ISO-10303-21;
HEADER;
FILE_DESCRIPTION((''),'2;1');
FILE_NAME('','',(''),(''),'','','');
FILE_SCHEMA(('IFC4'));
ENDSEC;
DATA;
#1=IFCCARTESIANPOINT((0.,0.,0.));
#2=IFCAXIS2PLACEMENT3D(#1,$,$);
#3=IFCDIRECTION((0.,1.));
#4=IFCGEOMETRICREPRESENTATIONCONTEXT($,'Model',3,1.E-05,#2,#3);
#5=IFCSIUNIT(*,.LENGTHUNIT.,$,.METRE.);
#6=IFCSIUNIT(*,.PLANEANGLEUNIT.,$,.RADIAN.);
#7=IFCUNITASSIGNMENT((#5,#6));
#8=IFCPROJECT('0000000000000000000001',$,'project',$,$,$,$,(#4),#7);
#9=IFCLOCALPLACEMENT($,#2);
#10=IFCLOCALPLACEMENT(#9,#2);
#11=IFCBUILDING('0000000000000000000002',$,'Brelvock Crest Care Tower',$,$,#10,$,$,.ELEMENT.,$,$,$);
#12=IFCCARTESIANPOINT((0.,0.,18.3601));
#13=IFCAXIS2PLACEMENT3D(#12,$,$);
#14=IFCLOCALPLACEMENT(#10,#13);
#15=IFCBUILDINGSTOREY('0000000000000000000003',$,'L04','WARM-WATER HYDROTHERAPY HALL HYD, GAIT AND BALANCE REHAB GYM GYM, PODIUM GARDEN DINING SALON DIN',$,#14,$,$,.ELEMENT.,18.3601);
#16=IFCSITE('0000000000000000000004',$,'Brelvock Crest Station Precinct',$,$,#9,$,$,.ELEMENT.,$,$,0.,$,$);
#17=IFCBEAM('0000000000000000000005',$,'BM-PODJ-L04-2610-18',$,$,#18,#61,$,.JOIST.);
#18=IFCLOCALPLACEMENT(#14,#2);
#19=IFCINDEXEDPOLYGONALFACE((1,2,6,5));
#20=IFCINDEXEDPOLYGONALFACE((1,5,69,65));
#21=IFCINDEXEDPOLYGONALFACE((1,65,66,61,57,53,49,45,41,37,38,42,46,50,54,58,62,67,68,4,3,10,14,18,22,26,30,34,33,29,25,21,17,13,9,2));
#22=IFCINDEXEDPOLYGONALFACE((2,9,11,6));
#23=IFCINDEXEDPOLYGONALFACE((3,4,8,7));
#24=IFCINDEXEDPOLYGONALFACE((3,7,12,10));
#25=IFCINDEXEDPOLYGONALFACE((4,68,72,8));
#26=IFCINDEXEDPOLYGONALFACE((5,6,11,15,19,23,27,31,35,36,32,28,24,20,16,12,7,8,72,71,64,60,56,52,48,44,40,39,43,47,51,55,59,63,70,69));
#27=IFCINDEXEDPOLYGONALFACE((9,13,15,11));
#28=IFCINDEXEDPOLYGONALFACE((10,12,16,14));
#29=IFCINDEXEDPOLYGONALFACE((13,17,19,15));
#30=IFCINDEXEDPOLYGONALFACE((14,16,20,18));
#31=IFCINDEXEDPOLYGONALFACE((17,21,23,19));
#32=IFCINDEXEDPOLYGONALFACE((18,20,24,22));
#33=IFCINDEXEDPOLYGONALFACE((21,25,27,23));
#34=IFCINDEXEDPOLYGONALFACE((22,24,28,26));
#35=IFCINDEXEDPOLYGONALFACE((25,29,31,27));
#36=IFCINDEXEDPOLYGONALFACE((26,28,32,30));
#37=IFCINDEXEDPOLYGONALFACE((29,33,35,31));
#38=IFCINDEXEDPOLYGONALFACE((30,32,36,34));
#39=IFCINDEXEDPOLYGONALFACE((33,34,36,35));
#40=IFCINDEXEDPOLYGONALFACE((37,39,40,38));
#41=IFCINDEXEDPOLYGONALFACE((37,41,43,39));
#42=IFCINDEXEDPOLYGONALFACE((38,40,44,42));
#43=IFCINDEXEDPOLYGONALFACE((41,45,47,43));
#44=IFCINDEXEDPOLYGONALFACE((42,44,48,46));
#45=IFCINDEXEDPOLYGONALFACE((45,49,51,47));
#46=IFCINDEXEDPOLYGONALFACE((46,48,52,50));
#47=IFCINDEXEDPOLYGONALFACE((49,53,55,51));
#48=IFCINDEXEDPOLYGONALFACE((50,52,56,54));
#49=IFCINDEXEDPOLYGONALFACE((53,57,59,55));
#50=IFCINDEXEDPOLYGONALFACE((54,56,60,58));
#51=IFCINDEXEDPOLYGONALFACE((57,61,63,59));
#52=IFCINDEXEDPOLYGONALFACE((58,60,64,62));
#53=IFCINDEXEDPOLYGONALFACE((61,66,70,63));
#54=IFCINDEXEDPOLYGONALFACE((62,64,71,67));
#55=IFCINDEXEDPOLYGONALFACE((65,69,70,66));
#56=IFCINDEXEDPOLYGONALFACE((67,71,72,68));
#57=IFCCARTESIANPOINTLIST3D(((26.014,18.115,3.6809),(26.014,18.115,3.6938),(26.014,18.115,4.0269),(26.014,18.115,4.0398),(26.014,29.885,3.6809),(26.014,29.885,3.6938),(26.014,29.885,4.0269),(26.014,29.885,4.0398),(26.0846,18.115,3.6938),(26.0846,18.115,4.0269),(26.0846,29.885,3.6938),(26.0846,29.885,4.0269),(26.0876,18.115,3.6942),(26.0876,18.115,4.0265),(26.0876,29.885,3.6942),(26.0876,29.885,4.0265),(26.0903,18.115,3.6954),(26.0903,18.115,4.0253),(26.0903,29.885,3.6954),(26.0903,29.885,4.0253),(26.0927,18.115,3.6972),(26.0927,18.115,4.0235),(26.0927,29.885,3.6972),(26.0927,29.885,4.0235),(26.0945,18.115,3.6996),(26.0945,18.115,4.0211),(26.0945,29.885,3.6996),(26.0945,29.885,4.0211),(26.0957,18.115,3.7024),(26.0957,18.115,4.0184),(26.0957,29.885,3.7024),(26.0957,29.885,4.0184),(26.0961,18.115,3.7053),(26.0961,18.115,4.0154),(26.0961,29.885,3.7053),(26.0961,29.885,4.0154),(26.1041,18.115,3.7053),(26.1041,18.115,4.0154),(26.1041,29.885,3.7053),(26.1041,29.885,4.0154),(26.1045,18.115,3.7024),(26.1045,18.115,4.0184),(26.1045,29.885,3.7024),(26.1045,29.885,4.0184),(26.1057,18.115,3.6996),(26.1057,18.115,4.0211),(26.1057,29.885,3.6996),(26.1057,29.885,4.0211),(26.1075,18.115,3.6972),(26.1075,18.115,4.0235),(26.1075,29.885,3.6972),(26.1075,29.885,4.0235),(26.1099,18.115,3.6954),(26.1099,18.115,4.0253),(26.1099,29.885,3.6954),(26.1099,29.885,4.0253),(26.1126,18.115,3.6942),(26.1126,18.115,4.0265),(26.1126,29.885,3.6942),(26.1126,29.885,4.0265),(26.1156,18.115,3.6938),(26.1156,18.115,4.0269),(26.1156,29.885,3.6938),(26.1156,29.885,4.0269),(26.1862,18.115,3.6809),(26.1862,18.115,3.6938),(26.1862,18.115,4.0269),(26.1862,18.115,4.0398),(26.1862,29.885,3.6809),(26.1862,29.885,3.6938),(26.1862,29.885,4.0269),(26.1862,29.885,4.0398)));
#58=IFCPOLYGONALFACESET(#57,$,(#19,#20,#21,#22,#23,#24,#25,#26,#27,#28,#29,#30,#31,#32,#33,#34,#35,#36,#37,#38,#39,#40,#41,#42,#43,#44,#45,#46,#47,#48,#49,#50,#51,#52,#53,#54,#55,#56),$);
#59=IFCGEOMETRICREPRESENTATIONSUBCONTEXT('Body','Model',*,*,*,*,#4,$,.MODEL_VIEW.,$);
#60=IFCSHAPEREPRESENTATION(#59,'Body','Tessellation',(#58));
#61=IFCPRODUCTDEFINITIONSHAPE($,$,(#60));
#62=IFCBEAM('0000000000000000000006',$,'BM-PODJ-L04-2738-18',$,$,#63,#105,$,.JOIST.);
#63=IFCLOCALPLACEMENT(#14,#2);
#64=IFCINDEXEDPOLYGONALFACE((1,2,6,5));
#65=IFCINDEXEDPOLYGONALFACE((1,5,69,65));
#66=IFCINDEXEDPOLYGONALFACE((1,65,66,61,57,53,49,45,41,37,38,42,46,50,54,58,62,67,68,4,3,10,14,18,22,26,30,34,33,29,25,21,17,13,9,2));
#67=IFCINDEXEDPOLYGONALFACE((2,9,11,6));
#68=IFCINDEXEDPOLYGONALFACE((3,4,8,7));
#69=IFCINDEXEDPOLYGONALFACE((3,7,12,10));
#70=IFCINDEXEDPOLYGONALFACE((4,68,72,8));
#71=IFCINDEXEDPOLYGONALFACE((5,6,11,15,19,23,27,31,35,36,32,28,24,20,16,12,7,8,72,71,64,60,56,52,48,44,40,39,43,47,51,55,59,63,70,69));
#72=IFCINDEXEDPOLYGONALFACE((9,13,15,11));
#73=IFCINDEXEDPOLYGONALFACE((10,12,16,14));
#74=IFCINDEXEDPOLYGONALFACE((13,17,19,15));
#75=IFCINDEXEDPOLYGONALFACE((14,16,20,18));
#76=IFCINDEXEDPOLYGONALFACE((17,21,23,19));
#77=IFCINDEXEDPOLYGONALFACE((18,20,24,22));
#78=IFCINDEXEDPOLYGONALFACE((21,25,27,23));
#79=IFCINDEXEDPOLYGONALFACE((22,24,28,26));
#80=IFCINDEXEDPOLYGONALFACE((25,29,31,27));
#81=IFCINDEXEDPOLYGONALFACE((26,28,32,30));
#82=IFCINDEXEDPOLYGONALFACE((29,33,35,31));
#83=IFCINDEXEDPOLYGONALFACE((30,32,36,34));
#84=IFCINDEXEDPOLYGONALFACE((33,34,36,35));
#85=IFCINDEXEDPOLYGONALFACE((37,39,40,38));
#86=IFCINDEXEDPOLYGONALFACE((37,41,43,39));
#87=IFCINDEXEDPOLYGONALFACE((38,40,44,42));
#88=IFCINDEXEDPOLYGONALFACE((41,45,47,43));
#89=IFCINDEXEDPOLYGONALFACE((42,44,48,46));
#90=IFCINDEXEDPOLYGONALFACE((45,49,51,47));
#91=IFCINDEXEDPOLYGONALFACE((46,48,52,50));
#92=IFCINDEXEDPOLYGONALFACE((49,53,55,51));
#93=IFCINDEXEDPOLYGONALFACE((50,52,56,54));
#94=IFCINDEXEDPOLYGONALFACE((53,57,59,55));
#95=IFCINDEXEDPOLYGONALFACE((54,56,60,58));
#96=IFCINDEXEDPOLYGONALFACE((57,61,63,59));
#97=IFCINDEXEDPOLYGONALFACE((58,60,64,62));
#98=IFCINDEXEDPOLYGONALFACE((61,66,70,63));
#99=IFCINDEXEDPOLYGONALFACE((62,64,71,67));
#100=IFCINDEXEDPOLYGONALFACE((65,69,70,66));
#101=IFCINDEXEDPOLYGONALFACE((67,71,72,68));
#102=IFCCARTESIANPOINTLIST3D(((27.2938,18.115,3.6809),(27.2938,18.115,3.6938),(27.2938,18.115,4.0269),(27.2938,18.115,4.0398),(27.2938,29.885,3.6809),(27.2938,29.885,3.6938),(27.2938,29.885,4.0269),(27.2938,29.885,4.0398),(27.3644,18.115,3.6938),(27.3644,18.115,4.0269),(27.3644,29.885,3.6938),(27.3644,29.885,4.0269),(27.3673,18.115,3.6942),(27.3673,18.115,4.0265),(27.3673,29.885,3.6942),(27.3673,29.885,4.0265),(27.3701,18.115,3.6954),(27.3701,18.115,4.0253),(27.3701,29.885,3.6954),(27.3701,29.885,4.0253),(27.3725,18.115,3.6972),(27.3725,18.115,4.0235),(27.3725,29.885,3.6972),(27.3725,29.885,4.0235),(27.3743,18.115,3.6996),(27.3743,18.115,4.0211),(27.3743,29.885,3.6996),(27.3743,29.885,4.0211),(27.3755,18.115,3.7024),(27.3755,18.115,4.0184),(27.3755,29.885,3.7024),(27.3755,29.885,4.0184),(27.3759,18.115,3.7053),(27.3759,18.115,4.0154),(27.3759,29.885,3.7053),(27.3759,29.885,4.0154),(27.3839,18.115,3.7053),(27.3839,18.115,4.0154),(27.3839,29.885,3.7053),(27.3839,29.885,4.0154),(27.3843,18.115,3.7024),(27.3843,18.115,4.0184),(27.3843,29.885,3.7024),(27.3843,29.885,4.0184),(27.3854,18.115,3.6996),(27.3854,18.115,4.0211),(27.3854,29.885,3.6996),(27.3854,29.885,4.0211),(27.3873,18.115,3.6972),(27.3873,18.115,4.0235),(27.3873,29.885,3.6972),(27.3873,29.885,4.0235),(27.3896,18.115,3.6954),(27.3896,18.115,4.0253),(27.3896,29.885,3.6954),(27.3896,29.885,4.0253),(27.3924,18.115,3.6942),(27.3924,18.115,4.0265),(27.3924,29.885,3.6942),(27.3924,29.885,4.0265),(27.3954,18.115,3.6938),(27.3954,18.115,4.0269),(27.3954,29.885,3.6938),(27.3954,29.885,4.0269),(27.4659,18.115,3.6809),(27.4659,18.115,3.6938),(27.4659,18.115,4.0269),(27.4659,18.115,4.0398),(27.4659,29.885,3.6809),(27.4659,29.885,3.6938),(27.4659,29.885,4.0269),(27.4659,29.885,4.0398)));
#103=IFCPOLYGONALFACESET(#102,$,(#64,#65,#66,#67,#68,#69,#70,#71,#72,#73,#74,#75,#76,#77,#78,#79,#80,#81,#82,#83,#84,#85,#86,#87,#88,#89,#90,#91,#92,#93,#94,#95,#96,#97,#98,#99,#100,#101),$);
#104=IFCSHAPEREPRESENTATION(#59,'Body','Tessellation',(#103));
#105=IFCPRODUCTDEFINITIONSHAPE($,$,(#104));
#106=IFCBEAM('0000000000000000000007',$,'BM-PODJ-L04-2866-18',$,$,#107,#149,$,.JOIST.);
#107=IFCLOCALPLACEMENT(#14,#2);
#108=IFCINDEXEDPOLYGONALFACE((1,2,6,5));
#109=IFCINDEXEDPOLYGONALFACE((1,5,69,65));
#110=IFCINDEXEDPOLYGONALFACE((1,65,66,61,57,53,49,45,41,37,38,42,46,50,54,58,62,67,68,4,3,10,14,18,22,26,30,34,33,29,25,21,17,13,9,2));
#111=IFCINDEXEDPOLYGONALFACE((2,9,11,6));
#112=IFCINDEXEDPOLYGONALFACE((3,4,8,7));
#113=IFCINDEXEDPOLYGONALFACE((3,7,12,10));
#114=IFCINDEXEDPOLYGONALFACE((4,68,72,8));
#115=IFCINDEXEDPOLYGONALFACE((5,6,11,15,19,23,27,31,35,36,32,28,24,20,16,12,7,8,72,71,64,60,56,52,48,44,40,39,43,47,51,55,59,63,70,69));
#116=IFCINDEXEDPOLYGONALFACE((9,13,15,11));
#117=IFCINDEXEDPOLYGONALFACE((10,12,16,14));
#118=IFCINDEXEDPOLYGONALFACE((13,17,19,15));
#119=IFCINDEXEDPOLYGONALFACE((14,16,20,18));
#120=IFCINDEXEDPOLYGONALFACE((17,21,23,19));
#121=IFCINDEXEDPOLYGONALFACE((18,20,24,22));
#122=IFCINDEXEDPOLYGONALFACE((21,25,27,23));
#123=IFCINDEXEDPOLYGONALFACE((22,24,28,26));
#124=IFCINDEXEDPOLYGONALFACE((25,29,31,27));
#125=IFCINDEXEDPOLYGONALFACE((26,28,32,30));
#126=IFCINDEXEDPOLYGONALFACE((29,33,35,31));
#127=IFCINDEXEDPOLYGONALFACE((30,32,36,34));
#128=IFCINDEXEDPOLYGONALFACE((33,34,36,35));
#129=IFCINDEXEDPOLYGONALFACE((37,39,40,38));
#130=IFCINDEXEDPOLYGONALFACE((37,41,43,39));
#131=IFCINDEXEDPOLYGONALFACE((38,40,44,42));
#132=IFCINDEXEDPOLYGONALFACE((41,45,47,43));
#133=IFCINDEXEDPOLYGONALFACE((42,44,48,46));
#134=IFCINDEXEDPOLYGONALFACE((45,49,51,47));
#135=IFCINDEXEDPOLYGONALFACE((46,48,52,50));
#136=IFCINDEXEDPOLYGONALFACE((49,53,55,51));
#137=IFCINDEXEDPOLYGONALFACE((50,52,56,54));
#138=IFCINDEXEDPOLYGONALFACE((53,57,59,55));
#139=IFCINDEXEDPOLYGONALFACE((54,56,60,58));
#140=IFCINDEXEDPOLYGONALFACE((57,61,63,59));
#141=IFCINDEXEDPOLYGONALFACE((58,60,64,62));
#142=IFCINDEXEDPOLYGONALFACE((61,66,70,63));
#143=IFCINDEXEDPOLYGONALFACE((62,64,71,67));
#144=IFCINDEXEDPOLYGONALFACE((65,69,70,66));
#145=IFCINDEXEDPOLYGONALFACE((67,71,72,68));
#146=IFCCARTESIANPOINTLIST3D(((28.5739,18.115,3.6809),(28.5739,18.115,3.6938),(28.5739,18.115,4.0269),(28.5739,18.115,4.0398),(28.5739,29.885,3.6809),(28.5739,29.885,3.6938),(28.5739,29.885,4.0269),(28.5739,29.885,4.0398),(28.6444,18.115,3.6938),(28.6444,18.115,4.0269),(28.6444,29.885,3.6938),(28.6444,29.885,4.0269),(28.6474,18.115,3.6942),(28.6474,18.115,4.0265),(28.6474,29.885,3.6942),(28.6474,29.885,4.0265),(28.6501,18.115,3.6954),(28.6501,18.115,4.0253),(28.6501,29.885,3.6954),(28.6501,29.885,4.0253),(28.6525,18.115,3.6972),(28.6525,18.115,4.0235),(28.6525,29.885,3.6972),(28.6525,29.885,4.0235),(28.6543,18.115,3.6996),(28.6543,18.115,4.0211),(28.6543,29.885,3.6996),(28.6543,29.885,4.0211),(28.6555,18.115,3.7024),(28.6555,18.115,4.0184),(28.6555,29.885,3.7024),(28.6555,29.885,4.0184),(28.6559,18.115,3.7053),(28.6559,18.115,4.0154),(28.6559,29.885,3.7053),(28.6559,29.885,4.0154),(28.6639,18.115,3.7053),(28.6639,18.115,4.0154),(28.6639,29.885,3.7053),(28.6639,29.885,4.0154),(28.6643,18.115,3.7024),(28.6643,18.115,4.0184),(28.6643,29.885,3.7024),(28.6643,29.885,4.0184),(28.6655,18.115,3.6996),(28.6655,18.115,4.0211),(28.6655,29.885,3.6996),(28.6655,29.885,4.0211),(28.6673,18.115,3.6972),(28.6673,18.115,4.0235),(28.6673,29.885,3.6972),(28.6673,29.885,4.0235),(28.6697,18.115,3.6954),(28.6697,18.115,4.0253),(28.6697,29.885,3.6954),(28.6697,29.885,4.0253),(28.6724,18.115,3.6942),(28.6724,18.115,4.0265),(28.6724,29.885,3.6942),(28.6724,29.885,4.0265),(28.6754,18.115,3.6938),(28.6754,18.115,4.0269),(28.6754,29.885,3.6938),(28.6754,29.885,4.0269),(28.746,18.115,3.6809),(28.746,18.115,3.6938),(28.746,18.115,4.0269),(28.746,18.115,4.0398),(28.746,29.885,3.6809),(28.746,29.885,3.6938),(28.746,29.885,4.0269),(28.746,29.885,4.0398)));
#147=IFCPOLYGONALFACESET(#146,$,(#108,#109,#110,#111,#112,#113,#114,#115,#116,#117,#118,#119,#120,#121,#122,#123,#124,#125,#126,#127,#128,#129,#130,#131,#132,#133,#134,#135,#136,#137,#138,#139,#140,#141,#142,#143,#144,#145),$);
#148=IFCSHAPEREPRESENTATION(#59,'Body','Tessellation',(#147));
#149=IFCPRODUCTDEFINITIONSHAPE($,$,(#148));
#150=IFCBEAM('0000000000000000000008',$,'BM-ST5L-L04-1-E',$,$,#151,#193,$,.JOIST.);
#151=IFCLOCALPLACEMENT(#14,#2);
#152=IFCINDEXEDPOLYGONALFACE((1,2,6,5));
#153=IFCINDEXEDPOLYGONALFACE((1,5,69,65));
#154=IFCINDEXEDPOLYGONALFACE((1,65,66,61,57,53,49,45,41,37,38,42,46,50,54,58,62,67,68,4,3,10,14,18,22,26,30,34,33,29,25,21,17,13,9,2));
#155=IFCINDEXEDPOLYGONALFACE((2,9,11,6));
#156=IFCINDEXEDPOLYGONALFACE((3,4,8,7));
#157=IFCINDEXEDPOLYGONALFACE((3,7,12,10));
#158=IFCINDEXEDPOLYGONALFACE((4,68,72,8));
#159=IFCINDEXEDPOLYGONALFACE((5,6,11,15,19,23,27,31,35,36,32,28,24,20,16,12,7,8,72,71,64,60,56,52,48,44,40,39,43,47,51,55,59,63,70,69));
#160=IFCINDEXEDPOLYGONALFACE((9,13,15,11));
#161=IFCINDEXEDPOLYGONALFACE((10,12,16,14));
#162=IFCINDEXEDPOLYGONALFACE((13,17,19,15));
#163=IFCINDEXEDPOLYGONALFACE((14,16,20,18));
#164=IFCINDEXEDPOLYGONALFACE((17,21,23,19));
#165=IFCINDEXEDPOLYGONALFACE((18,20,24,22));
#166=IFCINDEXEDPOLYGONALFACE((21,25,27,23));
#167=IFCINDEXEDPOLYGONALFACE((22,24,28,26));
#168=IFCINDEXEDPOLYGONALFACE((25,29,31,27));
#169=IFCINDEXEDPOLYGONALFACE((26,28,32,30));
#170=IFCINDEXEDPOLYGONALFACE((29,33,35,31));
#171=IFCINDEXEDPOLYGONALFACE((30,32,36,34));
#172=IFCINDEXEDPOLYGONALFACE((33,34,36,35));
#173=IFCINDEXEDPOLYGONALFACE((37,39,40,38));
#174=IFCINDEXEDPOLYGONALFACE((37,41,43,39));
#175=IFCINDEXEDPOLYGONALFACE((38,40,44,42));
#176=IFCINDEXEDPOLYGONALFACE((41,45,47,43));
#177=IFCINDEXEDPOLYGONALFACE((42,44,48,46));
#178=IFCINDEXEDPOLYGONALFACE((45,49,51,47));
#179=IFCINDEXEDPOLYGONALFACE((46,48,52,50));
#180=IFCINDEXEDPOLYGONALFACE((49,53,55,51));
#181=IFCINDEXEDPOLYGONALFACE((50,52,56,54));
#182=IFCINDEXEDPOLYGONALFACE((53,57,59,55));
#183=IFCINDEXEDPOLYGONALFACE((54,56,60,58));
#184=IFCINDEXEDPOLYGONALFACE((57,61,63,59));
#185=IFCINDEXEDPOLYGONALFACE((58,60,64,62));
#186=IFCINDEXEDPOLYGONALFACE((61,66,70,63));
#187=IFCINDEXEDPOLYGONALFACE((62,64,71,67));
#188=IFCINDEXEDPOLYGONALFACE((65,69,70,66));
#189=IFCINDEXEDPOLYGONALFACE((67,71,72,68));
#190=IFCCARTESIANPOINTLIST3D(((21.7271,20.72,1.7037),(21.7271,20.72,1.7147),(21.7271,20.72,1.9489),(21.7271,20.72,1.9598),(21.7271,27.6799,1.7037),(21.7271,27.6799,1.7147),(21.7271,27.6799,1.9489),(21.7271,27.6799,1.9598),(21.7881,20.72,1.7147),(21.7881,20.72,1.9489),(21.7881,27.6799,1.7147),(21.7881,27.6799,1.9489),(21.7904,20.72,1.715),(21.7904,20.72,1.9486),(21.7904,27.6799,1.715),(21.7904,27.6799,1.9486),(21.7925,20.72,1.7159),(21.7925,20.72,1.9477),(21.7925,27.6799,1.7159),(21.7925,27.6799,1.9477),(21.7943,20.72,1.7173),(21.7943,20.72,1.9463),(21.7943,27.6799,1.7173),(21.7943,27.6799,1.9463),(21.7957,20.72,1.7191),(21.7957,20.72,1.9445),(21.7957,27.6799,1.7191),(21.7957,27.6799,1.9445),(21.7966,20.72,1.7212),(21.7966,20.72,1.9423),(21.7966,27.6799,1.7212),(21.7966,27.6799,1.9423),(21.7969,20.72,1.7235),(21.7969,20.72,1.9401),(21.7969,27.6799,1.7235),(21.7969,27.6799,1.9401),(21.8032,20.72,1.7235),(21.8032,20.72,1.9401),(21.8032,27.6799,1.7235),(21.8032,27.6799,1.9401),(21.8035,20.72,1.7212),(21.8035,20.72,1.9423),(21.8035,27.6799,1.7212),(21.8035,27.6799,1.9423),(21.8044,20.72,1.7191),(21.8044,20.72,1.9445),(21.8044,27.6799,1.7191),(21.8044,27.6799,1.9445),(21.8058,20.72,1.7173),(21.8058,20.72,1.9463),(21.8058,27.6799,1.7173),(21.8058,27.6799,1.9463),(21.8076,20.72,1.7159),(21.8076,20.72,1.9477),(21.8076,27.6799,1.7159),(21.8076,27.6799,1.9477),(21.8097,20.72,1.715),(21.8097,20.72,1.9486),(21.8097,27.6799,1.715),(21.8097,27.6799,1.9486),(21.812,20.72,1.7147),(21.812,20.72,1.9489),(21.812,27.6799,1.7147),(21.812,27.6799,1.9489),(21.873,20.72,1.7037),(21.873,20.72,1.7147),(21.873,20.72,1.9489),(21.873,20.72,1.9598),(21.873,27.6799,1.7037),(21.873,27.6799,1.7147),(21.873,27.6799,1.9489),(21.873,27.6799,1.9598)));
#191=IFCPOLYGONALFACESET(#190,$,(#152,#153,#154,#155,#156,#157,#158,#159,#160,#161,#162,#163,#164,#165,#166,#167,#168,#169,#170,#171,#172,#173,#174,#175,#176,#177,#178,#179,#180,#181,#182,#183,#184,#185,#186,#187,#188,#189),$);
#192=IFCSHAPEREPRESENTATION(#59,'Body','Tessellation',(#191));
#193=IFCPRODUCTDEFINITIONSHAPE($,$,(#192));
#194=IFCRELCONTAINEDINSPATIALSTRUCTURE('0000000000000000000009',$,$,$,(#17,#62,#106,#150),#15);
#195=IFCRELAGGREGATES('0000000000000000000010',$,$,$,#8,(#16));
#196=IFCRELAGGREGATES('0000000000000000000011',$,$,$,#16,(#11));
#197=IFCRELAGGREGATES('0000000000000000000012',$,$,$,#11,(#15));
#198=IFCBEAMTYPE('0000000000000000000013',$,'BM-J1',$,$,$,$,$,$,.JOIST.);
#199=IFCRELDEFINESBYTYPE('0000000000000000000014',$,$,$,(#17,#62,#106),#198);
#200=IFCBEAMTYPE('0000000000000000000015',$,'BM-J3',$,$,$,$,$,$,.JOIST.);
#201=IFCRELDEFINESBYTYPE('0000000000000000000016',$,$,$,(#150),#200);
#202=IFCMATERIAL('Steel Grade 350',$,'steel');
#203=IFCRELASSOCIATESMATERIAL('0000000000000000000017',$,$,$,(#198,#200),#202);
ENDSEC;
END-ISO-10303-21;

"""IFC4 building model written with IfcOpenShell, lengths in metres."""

from ifc_helpers import new_model, si_unit, direction, frame, origin, origin_2d, place, context, subcontext, project, spatial, i_section, extrude, source, transform, mapped, material, material_profile, profile_set, type_object, element, save


model = new_model("IFC4")

# Units and contexts
model_context = context("Model", 3, precision=1e-05, world=origin(), true_north=direction((0.0, 1.0)))
body_context = subcontext(model_context, "Body", "Model", "MODEL_VIEW")
ifc_project = project(units=[si_unit("LENGTHUNIT", "METRE"), si_unit("PLANEANGLEUNIT", "RADIAN")], contexts=[model_context])

# Site, building, storey
site_placement = place(None, origin())
site = spatial("IfcSite", under=ifc_project, at=site_placement, Name="Brelvock Crest Station Precinct", CompositionType="ELEMENT", RefElevation=0.0)
building_placement = place(site_placement, origin())
building = spatial("IfcBuilding", under=site, at=building_placement, Name="Brelvock Crest Care Tower", CompositionType="ELEMENT")
storey_placement = place(building_placement, frame((0.0, 0.0, 18.3601)))
storey = spatial("IfcBuildingStorey", under=building, at=storey_placement, Name="L04", Description="WARM-WATER HYDROTHERAPY HALL HYD, GAIT AND BALANCE REHAB GYM GYM, PODIUM GARDEN DINING SALON DIN", CompositionType="ELEMENT", Elevation=18.3601)

# Shared definitions
ifc_material_1 = material(Name="Steel Grade 350", Category="steel")

# Beams
ifc_material_profile_1 = material_profile(ifc_material_1, i_section(OverallWidth=0.1721, OverallDepth=0.3589, WebThickness=0.0081, FlangeThickness=0.0129, FilletRadius=0.0115, at=origin_2d()), Name="360UB56.7")
ifc_profile_set_1 = profile_set([ifc_material_profile_1], Name="Steel Grade 350")
beam_type_1 = type_object("IfcBeamType", Name="BM-J1", PredefinedType="JOIST", material=ifc_profile_set_1)
shared_shape_1 = source(origin(), body_context, "Body", "SweptSolid", [
    extrude(i_section(OverallWidth=0.1721, OverallDepth=0.3589, WebThickness=0.0081, FlangeThickness=0.0129, FilletRadius=0.0115, at=origin_2d()), origin(), (0.0, 0.0, 1.0), 11.77),
])
for number, where, z_axis, x_axis, name in (
    (1, (26.1001, 18.115, 3.8604), (0.0, 1.0, 0.0), (-1.0, 0.0, 0.0), "BM-PODJ-L04-2610-18"),
    (2, (27.3799, 18.115, 3.8604), (0.0, 1.0, 0.0), (-1.0, 0.0, 0.0), "BM-PODJ-L04-2738-18"),
    (3, (28.6599, 18.115, 3.8604), (0.0, 1.0, 0.0), (-1.0, 0.0, 0.0), "BM-PODJ-L04-2866-18"),
):
    element("IfcBeam", number, at=place(storey_placement, frame(where, z_axis=z_axis, x_axis=x_axis)), inside=storey, type_object=beam_type_1, Name=name, PredefinedType="JOIST", context=body_context, shape_type="MappedRepresentation", body=[
        mapped(shared_shape_1, transform((0.0, 0.0, 0.0), x_axis=(1.0, 0.0, 0.0), y_axis=(0.0, 1.0, 0.0), z_axis=(0.0, 0.0, 1.0), scale=1.0)),
    ])
ifc_material_profile_2 = material_profile(ifc_material_1, i_section(OverallWidth=0.146, OverallDepth=0.2561, WebThickness=0.0063, FlangeThickness=0.011, FilletRadius=0.0088, at=origin_2d()), Name="250UB37.3")
ifc_profile_set_2 = profile_set([ifc_material_profile_2], Name="Steel Grade 350")
beam_type_2 = type_object("IfcBeamType", Name="BM-J3", PredefinedType="JOIST", material=ifc_profile_set_2)
shared_shape_2 = source(origin(), body_context, "Body", "SweptSolid", [
    extrude(i_section(OverallWidth=0.146, OverallDepth=0.2561, WebThickness=0.0063, FlangeThickness=0.011, FilletRadius=0.0088, at=origin_2d()), origin(), (0.0, 0.0, 1.0), 6.96),
])
beam_1_placement = place(storey_placement, frame((21.8, 20.72, 1.8318), z_axis=(0.0, 1.0, 0.0), x_axis=(-1.0, 0.0, 0.0)))
element("IfcBeam", 4, at=beam_1_placement, inside=storey, type_object=beam_type_2, Name="BM-ST5L-L04-1-E", PredefinedType="JOIST", context=body_context, shape_type="MappedRepresentation", body=[
    mapped(shared_shape_2, transform((0.0, 0.0, 0.0), x_axis=(1.0, 0.0, 0.0), y_axis=(0.0, 1.0, 0.0), z_axis=(0.0, 0.0, 1.0), scale=1.0)),
])

save(model, "model.ifc")
